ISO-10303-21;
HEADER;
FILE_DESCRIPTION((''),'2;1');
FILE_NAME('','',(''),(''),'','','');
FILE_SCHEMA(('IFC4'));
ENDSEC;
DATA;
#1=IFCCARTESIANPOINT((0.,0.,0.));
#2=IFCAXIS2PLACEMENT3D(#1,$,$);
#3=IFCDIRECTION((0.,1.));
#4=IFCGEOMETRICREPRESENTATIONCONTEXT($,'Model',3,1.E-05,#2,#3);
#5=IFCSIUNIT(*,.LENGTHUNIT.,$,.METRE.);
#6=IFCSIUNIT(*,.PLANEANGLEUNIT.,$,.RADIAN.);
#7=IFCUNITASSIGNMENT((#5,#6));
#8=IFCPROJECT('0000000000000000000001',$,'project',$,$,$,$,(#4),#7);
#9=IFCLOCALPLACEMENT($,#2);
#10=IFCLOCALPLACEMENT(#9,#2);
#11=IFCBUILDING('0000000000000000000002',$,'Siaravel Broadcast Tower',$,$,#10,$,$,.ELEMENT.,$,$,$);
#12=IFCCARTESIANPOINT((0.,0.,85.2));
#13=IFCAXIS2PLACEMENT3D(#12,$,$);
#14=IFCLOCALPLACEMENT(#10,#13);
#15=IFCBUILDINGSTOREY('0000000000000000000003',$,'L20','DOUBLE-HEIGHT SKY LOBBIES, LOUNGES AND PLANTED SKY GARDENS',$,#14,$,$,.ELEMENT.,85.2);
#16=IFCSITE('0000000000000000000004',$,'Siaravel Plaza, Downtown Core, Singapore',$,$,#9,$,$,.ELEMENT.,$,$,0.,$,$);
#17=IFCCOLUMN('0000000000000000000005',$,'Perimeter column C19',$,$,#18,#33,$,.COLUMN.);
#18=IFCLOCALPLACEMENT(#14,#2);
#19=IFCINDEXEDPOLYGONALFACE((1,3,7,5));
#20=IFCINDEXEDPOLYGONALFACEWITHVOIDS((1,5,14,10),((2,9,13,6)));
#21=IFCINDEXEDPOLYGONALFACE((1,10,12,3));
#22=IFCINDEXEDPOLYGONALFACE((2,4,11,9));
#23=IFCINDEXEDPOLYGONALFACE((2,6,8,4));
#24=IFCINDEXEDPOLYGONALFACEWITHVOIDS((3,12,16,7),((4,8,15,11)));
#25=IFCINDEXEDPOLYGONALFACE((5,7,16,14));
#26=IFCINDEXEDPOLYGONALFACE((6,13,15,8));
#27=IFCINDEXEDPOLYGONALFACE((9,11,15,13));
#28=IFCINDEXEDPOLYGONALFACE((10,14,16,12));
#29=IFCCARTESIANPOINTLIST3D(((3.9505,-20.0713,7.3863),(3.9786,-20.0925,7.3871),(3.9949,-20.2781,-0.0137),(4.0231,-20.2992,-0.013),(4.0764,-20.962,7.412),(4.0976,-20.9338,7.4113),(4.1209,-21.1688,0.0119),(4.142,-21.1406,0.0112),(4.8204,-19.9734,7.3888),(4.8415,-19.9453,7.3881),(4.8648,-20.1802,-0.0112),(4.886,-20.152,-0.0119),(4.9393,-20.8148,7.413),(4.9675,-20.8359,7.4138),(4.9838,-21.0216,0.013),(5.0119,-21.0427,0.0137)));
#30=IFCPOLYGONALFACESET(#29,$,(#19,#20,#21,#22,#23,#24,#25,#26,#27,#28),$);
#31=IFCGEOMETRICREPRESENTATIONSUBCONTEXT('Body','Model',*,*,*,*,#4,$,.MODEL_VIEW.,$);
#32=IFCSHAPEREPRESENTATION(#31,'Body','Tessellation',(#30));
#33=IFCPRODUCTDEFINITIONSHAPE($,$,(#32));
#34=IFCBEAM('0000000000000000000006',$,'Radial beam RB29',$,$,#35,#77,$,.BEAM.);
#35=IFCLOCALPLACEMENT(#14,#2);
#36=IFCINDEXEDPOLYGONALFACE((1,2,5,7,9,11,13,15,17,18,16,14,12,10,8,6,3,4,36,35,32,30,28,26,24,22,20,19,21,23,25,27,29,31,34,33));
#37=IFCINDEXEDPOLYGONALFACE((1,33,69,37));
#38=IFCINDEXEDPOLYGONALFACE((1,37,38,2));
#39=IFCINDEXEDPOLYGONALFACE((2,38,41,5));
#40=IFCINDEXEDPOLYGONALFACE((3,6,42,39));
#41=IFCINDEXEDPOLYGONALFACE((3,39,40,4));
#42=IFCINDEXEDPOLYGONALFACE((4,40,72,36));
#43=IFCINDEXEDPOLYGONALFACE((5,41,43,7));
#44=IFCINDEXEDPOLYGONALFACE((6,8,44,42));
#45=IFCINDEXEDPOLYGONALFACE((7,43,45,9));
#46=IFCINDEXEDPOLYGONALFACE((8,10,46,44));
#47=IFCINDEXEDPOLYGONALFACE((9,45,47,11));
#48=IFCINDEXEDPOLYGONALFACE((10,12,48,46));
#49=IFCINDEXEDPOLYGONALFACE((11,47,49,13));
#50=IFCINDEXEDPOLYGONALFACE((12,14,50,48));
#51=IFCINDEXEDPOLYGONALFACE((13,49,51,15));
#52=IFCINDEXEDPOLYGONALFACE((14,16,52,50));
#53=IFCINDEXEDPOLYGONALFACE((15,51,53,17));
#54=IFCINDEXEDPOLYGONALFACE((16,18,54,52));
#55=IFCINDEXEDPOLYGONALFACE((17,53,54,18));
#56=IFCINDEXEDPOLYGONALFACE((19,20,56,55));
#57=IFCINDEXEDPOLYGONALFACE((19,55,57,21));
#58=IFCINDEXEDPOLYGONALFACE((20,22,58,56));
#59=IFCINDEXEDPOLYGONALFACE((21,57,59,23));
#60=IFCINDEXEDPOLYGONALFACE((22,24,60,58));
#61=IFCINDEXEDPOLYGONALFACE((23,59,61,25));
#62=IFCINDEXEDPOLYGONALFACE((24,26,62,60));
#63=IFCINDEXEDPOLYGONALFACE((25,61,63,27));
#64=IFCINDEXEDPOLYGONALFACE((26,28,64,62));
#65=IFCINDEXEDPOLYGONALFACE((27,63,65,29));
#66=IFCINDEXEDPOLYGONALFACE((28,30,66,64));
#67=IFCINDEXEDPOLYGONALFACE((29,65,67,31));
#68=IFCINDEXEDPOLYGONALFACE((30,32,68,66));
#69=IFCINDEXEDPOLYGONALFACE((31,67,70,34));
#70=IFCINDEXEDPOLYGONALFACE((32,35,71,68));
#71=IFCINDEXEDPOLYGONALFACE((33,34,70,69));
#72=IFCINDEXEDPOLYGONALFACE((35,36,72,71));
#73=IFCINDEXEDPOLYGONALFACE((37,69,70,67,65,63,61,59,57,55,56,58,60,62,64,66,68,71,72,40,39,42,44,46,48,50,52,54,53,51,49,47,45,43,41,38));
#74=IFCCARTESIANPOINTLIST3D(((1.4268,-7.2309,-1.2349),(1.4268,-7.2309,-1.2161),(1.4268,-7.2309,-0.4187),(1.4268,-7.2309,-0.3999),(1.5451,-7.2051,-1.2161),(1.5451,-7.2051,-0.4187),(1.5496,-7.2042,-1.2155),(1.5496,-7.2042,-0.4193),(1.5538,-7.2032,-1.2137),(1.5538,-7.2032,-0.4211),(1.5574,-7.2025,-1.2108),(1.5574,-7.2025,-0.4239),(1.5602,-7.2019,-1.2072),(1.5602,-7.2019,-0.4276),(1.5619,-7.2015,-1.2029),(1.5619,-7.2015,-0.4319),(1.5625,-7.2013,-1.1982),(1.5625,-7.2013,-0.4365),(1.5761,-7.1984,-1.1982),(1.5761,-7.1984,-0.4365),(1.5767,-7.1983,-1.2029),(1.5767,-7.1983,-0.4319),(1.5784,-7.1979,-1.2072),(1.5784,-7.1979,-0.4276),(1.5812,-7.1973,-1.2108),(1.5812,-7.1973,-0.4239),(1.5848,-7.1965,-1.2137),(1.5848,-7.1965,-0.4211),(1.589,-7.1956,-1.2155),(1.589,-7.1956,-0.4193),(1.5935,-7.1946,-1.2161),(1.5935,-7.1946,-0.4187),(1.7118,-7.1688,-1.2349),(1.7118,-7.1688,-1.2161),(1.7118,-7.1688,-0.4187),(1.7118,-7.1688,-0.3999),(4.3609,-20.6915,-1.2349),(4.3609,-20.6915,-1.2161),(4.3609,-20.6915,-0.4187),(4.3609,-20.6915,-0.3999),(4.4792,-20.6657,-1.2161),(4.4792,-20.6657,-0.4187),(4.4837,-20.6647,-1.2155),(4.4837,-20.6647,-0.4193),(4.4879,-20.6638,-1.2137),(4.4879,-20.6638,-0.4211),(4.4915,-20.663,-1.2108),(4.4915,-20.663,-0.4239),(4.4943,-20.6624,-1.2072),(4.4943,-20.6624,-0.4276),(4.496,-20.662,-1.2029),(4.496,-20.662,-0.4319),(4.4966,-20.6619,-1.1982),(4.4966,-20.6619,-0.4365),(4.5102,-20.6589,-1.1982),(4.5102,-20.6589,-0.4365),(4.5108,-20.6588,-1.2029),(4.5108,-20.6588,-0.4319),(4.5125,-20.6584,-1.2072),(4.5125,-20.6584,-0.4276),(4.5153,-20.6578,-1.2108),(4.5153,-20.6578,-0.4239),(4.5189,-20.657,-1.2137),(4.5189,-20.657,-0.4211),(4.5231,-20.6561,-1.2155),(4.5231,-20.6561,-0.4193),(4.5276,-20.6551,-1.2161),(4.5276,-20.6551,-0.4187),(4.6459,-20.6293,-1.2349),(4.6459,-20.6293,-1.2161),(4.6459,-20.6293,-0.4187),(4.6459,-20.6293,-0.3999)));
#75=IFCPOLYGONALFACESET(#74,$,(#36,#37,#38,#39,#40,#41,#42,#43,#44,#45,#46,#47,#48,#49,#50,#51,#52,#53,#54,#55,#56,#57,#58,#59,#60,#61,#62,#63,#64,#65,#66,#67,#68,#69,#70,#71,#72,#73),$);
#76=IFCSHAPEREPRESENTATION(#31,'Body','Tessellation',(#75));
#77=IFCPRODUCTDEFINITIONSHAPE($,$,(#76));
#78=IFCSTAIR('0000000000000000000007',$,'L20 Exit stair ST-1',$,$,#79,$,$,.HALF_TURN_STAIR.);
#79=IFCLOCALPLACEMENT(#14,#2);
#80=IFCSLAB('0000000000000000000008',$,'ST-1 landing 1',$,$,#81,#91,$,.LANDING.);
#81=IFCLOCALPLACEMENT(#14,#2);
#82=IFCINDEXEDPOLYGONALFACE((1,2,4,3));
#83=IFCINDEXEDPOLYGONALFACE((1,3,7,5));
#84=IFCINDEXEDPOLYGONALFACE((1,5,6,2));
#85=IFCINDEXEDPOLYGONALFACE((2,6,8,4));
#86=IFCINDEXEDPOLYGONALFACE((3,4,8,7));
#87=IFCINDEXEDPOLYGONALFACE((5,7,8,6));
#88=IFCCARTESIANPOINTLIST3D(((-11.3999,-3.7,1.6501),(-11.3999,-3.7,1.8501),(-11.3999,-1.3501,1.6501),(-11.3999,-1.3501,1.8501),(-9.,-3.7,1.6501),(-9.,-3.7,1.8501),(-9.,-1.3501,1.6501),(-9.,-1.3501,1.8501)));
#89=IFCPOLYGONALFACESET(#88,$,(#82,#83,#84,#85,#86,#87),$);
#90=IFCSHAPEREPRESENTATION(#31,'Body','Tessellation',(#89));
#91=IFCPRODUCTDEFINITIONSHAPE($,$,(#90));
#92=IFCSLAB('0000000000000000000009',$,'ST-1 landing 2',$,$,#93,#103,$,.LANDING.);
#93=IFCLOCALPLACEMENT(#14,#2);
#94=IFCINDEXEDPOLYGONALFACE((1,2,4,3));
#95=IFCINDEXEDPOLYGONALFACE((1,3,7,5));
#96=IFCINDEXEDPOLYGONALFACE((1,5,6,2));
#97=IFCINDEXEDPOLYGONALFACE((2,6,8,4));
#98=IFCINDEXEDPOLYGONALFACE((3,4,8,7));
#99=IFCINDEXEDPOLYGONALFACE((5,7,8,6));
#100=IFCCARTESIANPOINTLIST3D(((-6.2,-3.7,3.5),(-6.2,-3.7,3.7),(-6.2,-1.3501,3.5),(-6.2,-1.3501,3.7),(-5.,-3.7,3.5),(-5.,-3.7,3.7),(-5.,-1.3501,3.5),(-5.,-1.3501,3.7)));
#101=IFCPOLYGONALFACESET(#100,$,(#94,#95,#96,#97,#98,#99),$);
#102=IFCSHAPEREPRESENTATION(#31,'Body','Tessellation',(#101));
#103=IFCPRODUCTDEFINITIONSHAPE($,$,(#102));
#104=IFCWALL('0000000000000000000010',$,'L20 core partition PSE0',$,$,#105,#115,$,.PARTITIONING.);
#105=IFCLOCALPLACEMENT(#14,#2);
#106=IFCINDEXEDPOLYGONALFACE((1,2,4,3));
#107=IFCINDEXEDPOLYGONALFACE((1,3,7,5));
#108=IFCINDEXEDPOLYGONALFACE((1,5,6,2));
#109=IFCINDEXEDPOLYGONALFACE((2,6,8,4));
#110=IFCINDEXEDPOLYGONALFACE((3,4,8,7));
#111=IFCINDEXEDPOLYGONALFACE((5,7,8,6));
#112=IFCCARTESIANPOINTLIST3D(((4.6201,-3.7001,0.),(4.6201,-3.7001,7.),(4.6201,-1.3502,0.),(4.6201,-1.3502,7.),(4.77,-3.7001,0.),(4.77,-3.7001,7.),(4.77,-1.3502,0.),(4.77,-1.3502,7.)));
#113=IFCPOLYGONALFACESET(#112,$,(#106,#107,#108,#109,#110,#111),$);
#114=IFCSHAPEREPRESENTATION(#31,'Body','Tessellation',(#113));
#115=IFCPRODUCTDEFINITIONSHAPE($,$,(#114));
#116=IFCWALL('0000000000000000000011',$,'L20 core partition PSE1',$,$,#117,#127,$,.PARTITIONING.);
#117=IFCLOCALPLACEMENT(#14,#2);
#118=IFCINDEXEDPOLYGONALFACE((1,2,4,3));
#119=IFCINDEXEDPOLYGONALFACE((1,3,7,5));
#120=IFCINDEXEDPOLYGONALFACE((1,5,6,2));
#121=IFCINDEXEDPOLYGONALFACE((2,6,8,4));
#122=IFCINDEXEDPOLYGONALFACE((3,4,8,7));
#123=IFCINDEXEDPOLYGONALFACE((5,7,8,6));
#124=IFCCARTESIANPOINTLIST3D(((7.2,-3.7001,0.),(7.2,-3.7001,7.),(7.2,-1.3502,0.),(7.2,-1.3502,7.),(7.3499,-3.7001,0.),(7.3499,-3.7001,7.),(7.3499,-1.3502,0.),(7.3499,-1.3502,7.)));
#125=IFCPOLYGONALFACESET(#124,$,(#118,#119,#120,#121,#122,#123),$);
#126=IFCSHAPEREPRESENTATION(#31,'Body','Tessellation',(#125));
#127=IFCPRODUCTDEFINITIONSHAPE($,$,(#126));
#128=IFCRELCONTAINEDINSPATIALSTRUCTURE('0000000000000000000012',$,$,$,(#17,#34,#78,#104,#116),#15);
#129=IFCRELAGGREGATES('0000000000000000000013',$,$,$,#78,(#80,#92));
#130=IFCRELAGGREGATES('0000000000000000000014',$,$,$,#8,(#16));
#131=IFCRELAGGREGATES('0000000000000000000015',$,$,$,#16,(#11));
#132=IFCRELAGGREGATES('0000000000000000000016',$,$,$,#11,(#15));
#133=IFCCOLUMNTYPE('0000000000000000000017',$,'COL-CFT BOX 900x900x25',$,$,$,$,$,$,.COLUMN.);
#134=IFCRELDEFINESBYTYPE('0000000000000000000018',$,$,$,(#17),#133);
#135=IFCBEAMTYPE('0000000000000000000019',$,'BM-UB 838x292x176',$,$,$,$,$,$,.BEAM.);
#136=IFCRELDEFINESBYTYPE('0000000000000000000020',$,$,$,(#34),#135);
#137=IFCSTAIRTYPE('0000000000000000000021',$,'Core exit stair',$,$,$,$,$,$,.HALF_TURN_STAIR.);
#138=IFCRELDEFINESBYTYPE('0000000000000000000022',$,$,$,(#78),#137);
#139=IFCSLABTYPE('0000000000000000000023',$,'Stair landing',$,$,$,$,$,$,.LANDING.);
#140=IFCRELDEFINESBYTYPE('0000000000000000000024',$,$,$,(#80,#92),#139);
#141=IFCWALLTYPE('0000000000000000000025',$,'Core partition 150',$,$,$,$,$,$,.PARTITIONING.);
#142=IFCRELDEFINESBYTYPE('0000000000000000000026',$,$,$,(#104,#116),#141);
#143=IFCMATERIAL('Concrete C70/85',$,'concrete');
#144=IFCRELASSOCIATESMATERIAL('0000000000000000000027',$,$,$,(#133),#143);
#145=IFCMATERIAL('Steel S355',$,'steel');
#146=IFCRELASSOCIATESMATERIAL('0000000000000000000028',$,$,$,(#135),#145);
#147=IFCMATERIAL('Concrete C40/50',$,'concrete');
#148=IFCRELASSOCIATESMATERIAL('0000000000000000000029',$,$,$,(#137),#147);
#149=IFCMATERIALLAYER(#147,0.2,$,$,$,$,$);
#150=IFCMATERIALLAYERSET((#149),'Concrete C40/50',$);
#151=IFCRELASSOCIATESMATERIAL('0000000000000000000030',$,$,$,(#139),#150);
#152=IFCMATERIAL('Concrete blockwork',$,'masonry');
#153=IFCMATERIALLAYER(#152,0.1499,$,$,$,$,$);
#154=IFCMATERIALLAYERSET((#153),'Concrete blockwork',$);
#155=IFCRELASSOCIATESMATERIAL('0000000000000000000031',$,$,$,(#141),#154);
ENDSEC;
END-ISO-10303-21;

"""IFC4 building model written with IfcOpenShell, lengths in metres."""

from ifc_helpers import new_model, si_unit, direction, frame, frame_2d, origin, origin_2d, place, context, subcontext, project, spatial, polyline, rectangle, hollow_rectangle, i_section, outline, extrude, material, layer, layer_set, material_profile, profile_set, type_object, element, aggregate, save


model = new_model("IFC4")

# Units and contexts
model_context = context("Model", 3, precision=1e-05, world=origin(), true_north=direction((0.0, 1.0)))
body_context = subcontext(model_context, "Body", "Model", "MODEL_VIEW")
ifc_project = project(units=[si_unit("LENGTHUNIT", "METRE"), si_unit("PLANEANGLEUNIT", "RADIAN")], contexts=[model_context])

# Site, building, storey
site_placement = place(None, origin())
site = spatial("IfcSite", under=ifc_project, at=site_placement, Name="Siaravel Plaza, Downtown Core, Singapore", CompositionType="ELEMENT", RefElevation=0.0)
building_placement = place(site_placement, origin())
building = spatial("IfcBuilding", under=site, at=building_placement, Name="Siaravel Broadcast Tower", CompositionType="ELEMENT")
storey_placement = place(building_placement, frame((0.0, 0.0, 85.2)))
storey = spatial("IfcBuildingStorey", under=building, at=storey_placement, Name="L20", Description="DOUBLE-HEIGHT SKY LOBBIES, LOUNGES AND PLANTED SKY GARDENS", CompositionType="ELEMENT", Elevation=85.2)

# Column
ifc_material_1 = material(Name="Concrete C70/85", Category="concrete")
ifc_material_profile_1 = material_profile(ifc_material_1, hollow_rectangle(XDim=0.8999, YDim=0.8999, WallThickness=0.0249, at=origin_2d()))
ifc_profile_set_1 = profile_set([ifc_material_profile_1], Name="Concrete C70/85")
column_type = type_object("IfcColumnType", Name="COL-CFT BOX 900x900x25", PredefinedType="COLUMN", material=ifc_profile_set_1)
column_placement = place(storey_placement, frame((4.5034, -20.6604, 0.0), z_axis=(-0.006002, 0.027932, 0.999592), x_axis=(-0.990142, -0.14005, -0.002032)))
element("IfcColumn", 1, at=column_placement, inside=storey, type_object=column_type, Name="Perimeter column C19", PredefinedType="COLUMN", context=body_context, shape_type="SweptSolid", body=[
    extrude(hollow_rectangle(XDim=0.8999, YDim=0.8999, WallThickness=0.0249, at=origin_2d()), origin(), (0.0, 0.0, 1.0), 7.4031),
])

# Beam
ifc_material_2 = material(Name="Steel S355", Category="steel")
ifc_material_profile_2 = material_profile(ifc_material_2, i_section(OverallWidth=0.2917, OverallDepth=0.835, WebThickness=0.0139, FlangeThickness=0.0188, FilletRadius=0.0178, at=origin_2d()))
ifc_profile_set_2 = profile_set([ifc_material_profile_2], Name="Steel S355")
beam_type = type_object("IfcBeamType", Name="BM-UB 838x292x176", PredefinedType="BEAM", material=ifc_profile_set_2)
beam_placement = place(storey_placement, frame((4.5034, -20.6604, -0.8174), z_axis=(-0.212977, 0.977057, 0.0), x_axis=(-0.977057, -0.212977, 0.0)))
element("IfcBeam", 2, at=beam_placement, inside=storey, type_object=beam_type, Name="Radial beam RB29", PredefinedType="BEAM", context=body_context, shape_type="SweptSolid", body=[
    extrude(i_section(OverallWidth=0.2917, OverallDepth=0.835, WebThickness=0.0139, FlangeThickness=0.0188, FilletRadius=0.0178, at=origin_2d()), origin(), (0.0, 0.0, 1.0), 13.7766),
])

# Stair, slabs
ifc_material_3 = material(Name="Concrete C40/50", Category="concrete")
stair_type = type_object("IfcStairType", Name="Core exit stair", PredefinedType="HALF_TURN_STAIR", material=ifc_material_3)
stair_placement = place(storey_placement, origin())
stair = element("IfcStair", 3, at=stair_placement, inside=storey, type_object=stair_type, Name="L20 Exit stair ST-1", PredefinedType="HALF_TURN_STAIR")
ifc_layer_1 = layer(ifc_material_3, 0.2)
ifc_layer_set_1 = layer_set([ifc_layer_1], Name="Concrete C40/50")
slab_type = type_object("IfcSlabType", Name="Stair landing", PredefinedType="LANDING", material=ifc_layer_set_1)
slab_1_placement = place(storey_placement, frame((0.0, 0.0, 1.6501)))
slab_1 = element("IfcSlab", 4, at=slab_1_placement, type_object=slab_type, Name="ST-1 landing 1", PredefinedType="LANDING", context=body_context, shape_type="SweptSolid", body=[
    extrude(outline(polyline([(-9.0, -1.3501), (-11.3999, -1.3501), (-11.3999, -3.7), (-9.0, -3.7), (-9.0, -1.3501)])), origin(), (0.0, 0.0, 1.0), 0.2),
])
slab_2_placement = place(storey_placement, frame((0.0, 0.0, 3.5)))
slab_2 = element("IfcSlab", 5, at=slab_2_placement, type_object=slab_type, Name="ST-1 landing 2", PredefinedType="LANDING", context=body_context, shape_type="SweptSolid", body=[
    extrude(outline(polyline([(-5.0, -1.3501), (-6.2, -1.3501), (-6.2, -3.7), (-5.0, -3.7), (-5.0, -1.3501)])), origin(), (0.0, 0.0, 1.0), 0.2),
])
aggregate(stair, [slab_1, slab_2])

# Walls
ifc_material_4 = material(Name="Concrete blockwork", Category="masonry")
ifc_layer_2 = layer(ifc_material_4, 0.1499)
ifc_layer_set_2 = layer_set([ifc_layer_2], Name="Concrete blockwork")
wall_type_1 = type_object("IfcWallType", Name="Core partition 150", PredefinedType="PARTITIONING", material=ifc_layer_set_2)
for number, where, z_axis, x_axis, name in (
    (6, (4.6951, -3.7, 0.0), (0.0, 0.0, 1.0), (0.0, 1.0, 0.0), "L20 core partition PSE0"),
    (7, (7.2749, -3.7, 0.0), (0.0, 0.0, 1.0), (0.0, 1.0, 0.0), "L20 core partition PSE1"),
):
    element("IfcWall", number, at=place(storey_placement, frame(where, z_axis=z_axis, x_axis=x_axis)), inside=storey, type_object=wall_type_1, Name=name, PredefinedType="PARTITIONING", context=body_context, shape_type="SweptSolid", body=[
        extrude(rectangle(XDim=2.3499, YDim=0.1499, at=frame_2d((1.1748, 0.0))), origin(), (0.0, 0.0, 1.0), 7.0),
    ])

save(model, "model.ifc")
